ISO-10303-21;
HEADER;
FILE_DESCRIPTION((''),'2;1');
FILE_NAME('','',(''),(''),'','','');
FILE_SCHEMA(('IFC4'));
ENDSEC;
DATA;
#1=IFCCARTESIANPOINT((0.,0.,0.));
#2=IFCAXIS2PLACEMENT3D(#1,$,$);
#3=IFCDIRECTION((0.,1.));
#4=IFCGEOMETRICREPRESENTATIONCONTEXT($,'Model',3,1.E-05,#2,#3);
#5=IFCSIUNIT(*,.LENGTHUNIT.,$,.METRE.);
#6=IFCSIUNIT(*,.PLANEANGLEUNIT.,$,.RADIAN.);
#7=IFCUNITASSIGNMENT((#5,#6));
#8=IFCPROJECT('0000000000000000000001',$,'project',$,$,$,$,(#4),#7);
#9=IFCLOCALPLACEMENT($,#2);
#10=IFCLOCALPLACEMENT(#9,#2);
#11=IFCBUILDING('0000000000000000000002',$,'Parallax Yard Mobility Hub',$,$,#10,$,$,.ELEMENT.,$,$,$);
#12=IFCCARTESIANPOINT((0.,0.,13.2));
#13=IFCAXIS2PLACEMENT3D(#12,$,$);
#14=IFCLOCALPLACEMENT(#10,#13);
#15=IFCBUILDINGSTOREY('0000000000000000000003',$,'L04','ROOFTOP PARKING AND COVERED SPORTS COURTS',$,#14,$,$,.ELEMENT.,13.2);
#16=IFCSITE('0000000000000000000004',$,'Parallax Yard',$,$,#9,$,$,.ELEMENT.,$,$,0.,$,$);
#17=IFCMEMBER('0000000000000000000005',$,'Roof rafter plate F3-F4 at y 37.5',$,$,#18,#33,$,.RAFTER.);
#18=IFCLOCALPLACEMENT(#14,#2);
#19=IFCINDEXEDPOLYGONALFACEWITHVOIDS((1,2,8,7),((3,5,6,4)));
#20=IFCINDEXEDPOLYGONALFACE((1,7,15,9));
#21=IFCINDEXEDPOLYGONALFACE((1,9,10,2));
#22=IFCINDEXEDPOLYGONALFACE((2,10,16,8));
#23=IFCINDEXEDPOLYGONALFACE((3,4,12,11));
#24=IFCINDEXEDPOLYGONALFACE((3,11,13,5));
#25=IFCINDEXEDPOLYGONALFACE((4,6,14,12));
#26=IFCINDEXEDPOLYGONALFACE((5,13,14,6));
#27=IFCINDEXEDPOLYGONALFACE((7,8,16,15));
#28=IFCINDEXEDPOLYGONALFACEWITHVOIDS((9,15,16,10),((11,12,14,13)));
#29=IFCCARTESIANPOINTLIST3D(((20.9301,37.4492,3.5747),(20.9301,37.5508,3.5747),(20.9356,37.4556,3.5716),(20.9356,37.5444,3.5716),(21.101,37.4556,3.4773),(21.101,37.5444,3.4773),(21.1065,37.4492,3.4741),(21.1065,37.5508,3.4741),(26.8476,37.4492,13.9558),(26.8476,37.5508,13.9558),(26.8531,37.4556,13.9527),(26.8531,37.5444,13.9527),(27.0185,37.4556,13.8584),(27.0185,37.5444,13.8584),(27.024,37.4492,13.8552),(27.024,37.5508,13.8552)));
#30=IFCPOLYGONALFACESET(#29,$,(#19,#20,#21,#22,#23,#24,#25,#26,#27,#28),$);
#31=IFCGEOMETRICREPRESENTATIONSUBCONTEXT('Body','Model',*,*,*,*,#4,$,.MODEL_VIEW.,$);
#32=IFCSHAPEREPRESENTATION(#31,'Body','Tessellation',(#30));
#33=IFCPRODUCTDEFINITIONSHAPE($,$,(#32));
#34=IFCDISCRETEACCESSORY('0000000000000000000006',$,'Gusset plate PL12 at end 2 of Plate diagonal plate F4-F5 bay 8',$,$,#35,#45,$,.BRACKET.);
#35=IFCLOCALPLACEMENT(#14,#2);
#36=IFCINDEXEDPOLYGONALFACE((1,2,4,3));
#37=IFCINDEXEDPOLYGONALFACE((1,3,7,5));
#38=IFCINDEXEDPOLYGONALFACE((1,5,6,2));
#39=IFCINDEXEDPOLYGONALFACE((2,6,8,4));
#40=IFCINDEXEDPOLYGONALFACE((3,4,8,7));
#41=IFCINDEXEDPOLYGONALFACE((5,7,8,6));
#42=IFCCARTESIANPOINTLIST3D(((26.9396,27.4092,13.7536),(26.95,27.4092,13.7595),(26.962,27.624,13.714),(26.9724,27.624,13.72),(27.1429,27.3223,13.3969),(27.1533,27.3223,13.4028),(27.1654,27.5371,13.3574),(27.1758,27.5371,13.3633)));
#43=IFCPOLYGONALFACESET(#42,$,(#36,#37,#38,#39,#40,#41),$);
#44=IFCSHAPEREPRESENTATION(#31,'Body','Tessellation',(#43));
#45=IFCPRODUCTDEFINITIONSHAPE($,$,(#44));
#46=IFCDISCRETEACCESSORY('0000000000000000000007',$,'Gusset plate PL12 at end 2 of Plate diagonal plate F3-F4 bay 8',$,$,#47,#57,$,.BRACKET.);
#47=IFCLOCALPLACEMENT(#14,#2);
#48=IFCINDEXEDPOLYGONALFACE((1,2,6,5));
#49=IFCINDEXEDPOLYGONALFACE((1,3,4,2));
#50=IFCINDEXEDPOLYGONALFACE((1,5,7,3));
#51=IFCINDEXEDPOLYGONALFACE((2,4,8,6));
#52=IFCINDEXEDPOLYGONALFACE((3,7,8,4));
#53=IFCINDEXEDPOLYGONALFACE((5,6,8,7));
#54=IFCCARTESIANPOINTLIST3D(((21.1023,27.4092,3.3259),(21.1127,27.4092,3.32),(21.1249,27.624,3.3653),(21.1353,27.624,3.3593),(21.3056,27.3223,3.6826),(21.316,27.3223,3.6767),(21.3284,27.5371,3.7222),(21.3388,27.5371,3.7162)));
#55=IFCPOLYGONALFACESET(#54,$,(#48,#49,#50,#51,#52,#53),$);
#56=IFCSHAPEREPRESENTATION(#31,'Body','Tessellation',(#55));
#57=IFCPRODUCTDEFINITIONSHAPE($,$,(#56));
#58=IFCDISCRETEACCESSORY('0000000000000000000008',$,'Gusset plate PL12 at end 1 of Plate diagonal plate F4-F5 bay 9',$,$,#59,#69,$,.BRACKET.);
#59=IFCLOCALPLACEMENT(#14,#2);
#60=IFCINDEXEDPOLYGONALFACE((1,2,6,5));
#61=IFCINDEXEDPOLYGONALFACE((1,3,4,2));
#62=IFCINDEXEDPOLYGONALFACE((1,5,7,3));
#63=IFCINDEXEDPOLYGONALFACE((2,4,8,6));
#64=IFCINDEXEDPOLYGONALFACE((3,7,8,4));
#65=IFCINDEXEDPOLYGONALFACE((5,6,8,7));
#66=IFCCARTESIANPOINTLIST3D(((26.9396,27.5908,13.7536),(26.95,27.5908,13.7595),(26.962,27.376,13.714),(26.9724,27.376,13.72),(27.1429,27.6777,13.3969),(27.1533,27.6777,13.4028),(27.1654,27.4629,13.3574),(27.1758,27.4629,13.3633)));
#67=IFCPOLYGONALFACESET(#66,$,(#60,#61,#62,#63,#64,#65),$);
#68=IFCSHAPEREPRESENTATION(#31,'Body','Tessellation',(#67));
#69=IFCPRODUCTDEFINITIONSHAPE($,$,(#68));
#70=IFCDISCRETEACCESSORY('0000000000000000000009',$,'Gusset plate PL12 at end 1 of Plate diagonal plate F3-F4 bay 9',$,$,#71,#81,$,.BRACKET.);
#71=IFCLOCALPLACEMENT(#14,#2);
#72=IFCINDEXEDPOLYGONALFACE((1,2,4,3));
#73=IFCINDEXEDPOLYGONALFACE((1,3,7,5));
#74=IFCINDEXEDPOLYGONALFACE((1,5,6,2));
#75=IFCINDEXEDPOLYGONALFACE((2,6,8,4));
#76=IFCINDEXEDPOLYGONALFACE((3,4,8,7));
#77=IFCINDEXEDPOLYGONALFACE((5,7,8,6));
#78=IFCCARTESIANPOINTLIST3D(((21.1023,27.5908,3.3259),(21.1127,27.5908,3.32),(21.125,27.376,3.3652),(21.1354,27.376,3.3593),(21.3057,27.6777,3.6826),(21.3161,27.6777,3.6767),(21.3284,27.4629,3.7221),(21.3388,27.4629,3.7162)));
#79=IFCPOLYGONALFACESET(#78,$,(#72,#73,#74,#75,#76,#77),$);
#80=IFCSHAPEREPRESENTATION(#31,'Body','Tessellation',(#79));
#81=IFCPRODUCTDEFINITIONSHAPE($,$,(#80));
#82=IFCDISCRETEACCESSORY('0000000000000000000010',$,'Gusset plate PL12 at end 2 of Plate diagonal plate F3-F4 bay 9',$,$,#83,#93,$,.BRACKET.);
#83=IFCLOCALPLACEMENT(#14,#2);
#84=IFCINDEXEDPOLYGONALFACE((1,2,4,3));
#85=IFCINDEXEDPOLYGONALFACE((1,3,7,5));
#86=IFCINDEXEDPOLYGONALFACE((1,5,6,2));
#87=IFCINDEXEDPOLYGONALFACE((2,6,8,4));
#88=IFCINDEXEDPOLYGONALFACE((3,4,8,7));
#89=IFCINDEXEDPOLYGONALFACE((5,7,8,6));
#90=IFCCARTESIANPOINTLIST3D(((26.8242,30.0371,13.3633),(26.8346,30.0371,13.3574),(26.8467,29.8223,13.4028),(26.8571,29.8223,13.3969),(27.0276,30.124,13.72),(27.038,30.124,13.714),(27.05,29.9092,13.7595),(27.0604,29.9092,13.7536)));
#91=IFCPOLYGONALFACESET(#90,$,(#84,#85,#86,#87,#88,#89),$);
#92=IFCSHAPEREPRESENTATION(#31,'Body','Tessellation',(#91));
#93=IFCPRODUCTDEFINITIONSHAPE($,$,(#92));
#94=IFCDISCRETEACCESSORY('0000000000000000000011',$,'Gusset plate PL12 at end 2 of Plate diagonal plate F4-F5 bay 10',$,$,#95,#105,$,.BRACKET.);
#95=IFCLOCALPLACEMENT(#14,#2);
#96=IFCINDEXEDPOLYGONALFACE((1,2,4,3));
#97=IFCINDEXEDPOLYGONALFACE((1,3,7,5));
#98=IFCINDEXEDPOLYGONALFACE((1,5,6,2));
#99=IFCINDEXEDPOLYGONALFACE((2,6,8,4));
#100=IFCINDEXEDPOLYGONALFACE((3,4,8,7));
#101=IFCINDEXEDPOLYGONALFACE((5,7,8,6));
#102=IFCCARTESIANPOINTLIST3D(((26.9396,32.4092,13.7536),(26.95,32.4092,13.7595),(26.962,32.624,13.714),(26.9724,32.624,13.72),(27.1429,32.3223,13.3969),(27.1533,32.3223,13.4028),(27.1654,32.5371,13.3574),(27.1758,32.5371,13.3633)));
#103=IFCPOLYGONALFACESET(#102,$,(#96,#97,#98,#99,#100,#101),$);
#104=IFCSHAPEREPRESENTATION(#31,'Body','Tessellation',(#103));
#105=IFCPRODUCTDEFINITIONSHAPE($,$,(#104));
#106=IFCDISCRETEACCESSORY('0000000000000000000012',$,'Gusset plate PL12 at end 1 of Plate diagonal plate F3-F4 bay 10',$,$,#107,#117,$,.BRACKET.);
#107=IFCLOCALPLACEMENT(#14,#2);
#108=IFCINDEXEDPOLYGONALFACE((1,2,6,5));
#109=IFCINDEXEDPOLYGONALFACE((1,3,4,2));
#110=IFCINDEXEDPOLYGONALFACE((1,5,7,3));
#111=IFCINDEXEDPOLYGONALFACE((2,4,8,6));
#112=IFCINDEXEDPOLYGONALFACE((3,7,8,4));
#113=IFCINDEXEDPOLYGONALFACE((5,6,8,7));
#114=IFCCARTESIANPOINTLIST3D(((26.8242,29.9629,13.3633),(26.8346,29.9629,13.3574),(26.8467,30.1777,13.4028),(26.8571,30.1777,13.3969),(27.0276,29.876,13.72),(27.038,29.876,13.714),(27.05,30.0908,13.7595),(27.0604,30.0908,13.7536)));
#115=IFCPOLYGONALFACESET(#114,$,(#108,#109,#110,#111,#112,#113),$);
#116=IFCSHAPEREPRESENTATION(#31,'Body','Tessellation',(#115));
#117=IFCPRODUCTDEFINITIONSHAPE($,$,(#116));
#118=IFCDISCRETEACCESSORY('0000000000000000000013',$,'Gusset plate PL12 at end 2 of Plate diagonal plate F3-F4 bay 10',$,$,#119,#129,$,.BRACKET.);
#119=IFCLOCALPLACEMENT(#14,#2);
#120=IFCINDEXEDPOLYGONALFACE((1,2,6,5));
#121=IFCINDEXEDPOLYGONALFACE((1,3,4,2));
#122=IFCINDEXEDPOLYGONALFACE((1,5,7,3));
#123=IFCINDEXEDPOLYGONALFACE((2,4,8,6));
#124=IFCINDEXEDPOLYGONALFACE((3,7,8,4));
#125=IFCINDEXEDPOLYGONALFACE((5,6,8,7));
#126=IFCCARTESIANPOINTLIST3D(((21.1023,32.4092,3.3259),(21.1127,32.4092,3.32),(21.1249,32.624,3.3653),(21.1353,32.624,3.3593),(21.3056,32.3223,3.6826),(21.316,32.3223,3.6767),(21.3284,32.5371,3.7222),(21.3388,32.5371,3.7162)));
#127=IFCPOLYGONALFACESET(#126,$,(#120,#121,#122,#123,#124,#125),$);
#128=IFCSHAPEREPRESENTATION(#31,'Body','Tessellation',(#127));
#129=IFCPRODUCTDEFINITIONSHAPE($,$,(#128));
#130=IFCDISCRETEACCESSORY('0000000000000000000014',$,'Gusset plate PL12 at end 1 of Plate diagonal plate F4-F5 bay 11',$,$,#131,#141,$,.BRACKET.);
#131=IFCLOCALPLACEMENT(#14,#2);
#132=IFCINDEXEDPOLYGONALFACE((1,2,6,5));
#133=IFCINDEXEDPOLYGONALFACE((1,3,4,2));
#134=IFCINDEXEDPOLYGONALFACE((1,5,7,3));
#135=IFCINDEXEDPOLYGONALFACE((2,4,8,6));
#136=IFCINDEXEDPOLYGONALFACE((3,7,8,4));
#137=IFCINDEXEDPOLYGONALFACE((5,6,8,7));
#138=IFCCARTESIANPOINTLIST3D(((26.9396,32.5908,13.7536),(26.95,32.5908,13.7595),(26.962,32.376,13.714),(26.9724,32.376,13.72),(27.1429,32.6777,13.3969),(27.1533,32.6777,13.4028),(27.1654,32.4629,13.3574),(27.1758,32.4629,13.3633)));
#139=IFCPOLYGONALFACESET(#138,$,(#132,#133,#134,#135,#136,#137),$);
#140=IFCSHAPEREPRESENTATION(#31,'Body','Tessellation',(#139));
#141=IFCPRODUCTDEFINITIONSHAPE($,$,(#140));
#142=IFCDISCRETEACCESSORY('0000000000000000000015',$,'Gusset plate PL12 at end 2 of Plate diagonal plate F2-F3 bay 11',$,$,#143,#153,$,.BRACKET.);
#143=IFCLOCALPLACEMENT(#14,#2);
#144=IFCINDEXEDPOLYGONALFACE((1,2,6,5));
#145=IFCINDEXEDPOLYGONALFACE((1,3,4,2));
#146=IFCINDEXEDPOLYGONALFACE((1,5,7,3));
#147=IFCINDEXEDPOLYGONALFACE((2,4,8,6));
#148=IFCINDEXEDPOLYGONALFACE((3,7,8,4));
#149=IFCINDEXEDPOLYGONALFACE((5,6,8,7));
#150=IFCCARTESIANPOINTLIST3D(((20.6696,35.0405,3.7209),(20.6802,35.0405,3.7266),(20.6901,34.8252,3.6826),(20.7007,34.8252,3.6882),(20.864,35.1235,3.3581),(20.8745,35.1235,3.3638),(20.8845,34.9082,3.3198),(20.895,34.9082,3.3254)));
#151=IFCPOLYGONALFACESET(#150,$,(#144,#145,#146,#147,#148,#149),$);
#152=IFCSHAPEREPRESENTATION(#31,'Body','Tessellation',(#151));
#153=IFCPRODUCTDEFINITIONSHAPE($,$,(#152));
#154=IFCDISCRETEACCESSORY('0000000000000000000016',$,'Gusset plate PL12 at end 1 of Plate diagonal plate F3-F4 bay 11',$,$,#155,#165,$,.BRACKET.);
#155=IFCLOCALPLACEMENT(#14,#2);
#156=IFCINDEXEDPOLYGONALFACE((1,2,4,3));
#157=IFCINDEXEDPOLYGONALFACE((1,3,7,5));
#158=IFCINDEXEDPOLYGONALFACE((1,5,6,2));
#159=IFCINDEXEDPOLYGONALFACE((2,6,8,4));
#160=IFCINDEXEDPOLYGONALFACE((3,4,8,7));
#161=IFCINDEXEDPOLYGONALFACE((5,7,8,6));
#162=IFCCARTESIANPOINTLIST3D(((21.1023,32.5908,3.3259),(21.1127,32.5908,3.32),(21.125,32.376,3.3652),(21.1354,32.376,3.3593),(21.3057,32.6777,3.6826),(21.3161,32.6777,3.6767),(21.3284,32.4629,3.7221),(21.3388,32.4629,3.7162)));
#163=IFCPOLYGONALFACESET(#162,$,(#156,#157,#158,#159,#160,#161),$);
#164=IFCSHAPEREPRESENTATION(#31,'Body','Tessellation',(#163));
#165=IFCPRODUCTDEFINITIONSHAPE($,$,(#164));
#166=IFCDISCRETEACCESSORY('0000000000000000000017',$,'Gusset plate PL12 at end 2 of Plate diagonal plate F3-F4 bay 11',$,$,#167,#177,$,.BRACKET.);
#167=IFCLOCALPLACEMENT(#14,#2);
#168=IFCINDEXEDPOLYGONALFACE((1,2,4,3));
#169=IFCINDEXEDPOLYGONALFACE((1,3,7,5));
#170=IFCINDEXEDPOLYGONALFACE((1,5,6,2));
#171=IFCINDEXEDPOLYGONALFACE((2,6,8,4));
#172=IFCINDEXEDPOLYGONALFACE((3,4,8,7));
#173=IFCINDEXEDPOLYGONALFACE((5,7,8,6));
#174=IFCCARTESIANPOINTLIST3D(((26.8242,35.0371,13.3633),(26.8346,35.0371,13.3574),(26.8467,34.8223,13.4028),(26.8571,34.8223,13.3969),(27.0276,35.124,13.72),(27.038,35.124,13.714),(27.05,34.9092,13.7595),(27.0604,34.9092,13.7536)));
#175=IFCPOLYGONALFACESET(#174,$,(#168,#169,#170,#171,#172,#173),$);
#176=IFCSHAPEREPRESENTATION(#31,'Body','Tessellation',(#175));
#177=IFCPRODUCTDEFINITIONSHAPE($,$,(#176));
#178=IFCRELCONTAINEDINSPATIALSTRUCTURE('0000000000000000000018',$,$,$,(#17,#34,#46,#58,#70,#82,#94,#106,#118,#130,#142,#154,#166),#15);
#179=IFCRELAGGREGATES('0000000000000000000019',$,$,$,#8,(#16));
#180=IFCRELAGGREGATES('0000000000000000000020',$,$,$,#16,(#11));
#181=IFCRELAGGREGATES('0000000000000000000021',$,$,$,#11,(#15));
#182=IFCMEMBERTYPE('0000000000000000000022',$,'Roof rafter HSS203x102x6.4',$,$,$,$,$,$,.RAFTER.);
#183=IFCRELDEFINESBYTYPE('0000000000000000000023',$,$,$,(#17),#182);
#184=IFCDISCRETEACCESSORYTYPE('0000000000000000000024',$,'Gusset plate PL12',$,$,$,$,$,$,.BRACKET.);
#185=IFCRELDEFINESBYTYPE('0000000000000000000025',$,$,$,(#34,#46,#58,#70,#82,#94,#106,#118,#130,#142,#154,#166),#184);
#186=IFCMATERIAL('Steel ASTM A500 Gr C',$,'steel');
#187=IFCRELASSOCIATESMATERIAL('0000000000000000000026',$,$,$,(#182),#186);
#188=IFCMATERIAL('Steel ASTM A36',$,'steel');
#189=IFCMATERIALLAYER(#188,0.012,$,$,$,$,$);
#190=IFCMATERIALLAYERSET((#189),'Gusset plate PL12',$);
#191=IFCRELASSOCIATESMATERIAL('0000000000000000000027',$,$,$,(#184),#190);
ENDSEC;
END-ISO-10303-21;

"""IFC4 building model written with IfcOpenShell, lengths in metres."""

from ifc_helpers import new_model, si_unit, direction, frame, origin, origin_2d, place, context, subcontext, project, spatial, polyline, hollow_rectangle, outline, extrude, material, layer, layer_set, material_profile, profile_set, type_object, element, save


model = new_model("IFC4")

# Units and contexts
model_context = context("Model", 3, precision=1e-05, world=origin(), true_north=direction((0.0, 1.0)))
body_context = subcontext(model_context, "Body", "Model", "MODEL_VIEW")
ifc_project = project(units=[si_unit("LENGTHUNIT", "METRE"), si_unit("PLANEANGLEUNIT", "RADIAN")], contexts=[model_context])

# Site, building, storey
site_placement = place(None, origin())
site = spatial("IfcSite", under=ifc_project, at=site_placement, Name="Parallax Yard", CompositionType="ELEMENT", RefElevation=0.0)
building_placement = place(site_placement, origin())
building = spatial("IfcBuilding", under=site, at=building_placement, Name="Parallax Yard Mobility Hub", CompositionType="ELEMENT")
storey_placement = place(building_placement, frame((0.0, 0.0, 13.2)))
storey = spatial("IfcBuildingStorey", under=building, at=storey_placement, Name="L04", Description="ROOFTOP PARKING AND COVERED SPORTS COURTS", CompositionType="ELEMENT", Elevation=13.2)

# Member
ifc_material_1 = material(Name="Steel ASTM A500 Gr C", Category="steel")
ifc_material_profile_1 = material_profile(ifc_material_1, hollow_rectangle(XDim=0.1016, YDim=0.2031, WallThickness=0.0063, at=origin_2d()), Name="HSS203x102x6.4")
ifc_profile_set_1 = profile_set([ifc_material_profile_1], Name="Steel ASTM A500 Gr C")
member_type_1 = type_object("IfcMemberType", Name="Roof rafter HSS203x102x6.4", PredefinedType="RAFTER", material=ifc_profile_set_1)
for number, where, z_axis, x_axis, name in (
    (1, (21.0183, 37.5, 3.5244), (0.495219, 0.0, 0.868768), (0.0, 1.0, 0.0), "Roof rafter plate F3-F4 at y 37.5"),
):
    element("IfcMember", number, at=place(storey_placement, frame(where, z_axis=z_axis, x_axis=x_axis)), inside=storey, type_object=member_type_1, Name=name, PredefinedType="RAFTER", context=body_context, shape_type="SweptSolid", body=[
        extrude(hollow_rectangle(XDim=0.1016, YDim=0.2031, WallThickness=0.0063, at=origin_2d()), origin(), (0.0, 0.0, 1.0), 11.9492),
    ])

# Discrete accessories
ifc_material_2 = material(Name="Steel ASTM A36", Category="steel")
ifc_layer = layer(ifc_material_2, 0.012)
ifc_layer_set = layer_set([ifc_layer], Name="Gusset plate PL12")
discrete_accessory_type = type_object("IfcDiscreteAccessoryType", Name="Gusset plate PL12", PredefinedType="BRACKET", material=ifc_layer_set)
discrete_accessory_1_placement = place(storey_placement, frame((27.1758, 27.5371, 13.3633), z_axis=(0.868755, 0.000345, 0.495243), x_axis=(-0.484569, 0.207091, 0.849886)))
element("IfcDiscreteAccessory", 2, at=discrete_accessory_1_placement, inside=storey, type_object=discrete_accessory_type, Name="Gusset plate PL12 at end 2 of Plate diagonal plate F4-F5 bay 8", PredefinedType="BRACKET", context=body_context, shape_type="SweptSolid", body=[
    extrude(outline(polyline([(0.0, 0.0), (0.4197, 0.0), (0.4197, 0.2196), (0.0, 0.2196), (0.0, 0.0)])), origin(), (0.0, 0.0, -1.0), 0.012),
])
discrete_accessory_2_placement = place(storey_placement, frame((21.3284, 27.5371, 3.7222), z_axis=(-0.868697, 0.000899, 0.495343), x_axis=(-0.484455, 0.206988, -0.849976)))
element("IfcDiscreteAccessory", 3, at=discrete_accessory_2_placement, inside=storey, type_object=discrete_accessory_type, Name="Gusset plate PL12 at end 2 of Plate diagonal plate F3-F4 bay 8", PredefinedType="BRACKET", context=body_context, shape_type="SweptSolid", body=[
    extrude(outline(polyline([(0.0, 0.0), (0.4199, 0.0), (0.4198, 0.2196), (0.0001, 0.2196), (0.0, 0.0)])), origin(), (0.0, 0.0, -1.0), 0.012),
])
discrete_accessory_3_placement = place(storey_placement, frame((27.1533, 27.6777, 13.4028), z_axis=(0.868755, -0.000345, 0.495243), x_axis=(-0.484569, -0.207091, 0.849886)))
element("IfcDiscreteAccessory", 4, at=discrete_accessory_3_placement, inside=storey, type_object=discrete_accessory_type, Name="Gusset plate PL12 at end 1 of Plate diagonal plate F4-F5 bay 9", PredefinedType="BRACKET", context=body_context, shape_type="SweptSolid", body=[
    extrude(outline(polyline([(0.0, 0.0), (0.4197, 0.0), (0.4197, 0.2196), (0.0, 0.2196), (0.0, 0.0)])), origin(), (0.0, 0.0, -1.0), 0.012),
])
discrete_accessory_4_placement = place(storey_placement, frame((21.3057, 27.6777, 3.6826), z_axis=(-0.868697, -0.000899, 0.495343), x_axis=(-0.484444, -0.207091, -0.849958)))
element("IfcDiscreteAccessory", 5, at=discrete_accessory_4_placement, inside=storey, type_object=discrete_accessory_type, Name="Gusset plate PL12 at end 1 of Plate diagonal plate F3-F4 bay 9", PredefinedType="BRACKET", context=body_context, shape_type="SweptSolid", body=[
    extrude(outline(polyline([(0.0, 0.0), (0.4197, 0.0), (0.4198, 0.2196), (-0.0001, 0.2196), (0.0, 0.0)])), origin(), (0.0, 0.0, -1.0), 0.012),
])
discrete_accessory_5_placement = place(storey_placement, frame((26.8467, 29.8223, 13.4028), z_axis=(-0.868755, 0.000345, 0.495243), x_axis=(0.484569, 0.207091, 0.849886)))
element("IfcDiscreteAccessory", 6, at=discrete_accessory_5_placement, inside=storey, type_object=discrete_accessory_type, Name="Gusset plate PL12 at end 2 of Plate diagonal plate F3-F4 bay 9", PredefinedType="BRACKET", context=body_context, shape_type="SweptSolid", body=[
    extrude(outline(polyline([(0.0, 0.0), (0.4197, 0.0), (0.4197, 0.2196), (0.0, 0.2196), (0.0, 0.0)])), origin(), (0.0, 0.0, -1.0), 0.012),
])
for number, where, z_axis, x_axis, name in (
    (7, (27.1758, 32.5371, 13.3633), (0.868755, 0.000345, 0.495243), (-0.484569, 0.207091, 0.849886), "Gusset plate PL12 at end 2 of Plate diagonal plate F4-F5 bay 10"),
    (8, (26.8242, 29.9629, 13.3633), (-0.868755, -0.000345, 0.495243), (0.484569, -0.207091, 0.849886), "Gusset plate PL12 at end 1 of Plate diagonal plate F3-F4 bay 10"),
):
    element("IfcDiscreteAccessory", number, at=place(storey_placement, frame(where, z_axis=z_axis, x_axis=x_axis)), inside=storey, type_object=discrete_accessory_type, Name=name, PredefinedType="BRACKET", context=body_context, shape_type="SweptSolid", body=[
        extrude(outline(polyline([(0.0, 0.0), (0.4197, 0.0), (0.4197, 0.2196), (0.0, 0.2196), (0.0, 0.0)])), origin(), (0.0, 0.0, -1.0), 0.012),
    ])
discrete_accessory_6_placement = place(storey_placement, frame((21.3284, 32.5371, 3.7222), z_axis=(-0.868697, 0.000899, 0.495343), x_axis=(-0.484455, 0.206988, -0.849976)))
element("IfcDiscreteAccessory", 9, at=discrete_accessory_6_placement, inside=storey, type_object=discrete_accessory_type, Name="Gusset plate PL12 at end 2 of Plate diagonal plate F3-F4 bay 10", PredefinedType="BRACKET", context=body_context, shape_type="SweptSolid", body=[
    extrude(outline(polyline([(0.0, 0.0), (0.4199, 0.0), (0.4198, 0.2196), (0.0001, 0.2196), (0.0, 0.0)])), origin(), (0.0, 0.0, -1.0), 0.012),
])
discrete_accessory_7_placement = place(storey_placement, frame((27.1533, 32.6777, 13.4028), z_axis=(0.868755, -0.000345, 0.495243), x_axis=(-0.484569, -0.207091, 0.849886)))
element("IfcDiscreteAccessory", 10, at=discrete_accessory_7_placement, inside=storey, type_object=discrete_accessory_type, Name="Gusset plate PL12 at end 1 of Plate diagonal plate F4-F5 bay 11", PredefinedType="BRACKET", context=body_context, shape_type="SweptSolid", body=[
    extrude(outline(polyline([(0.0, 0.0), (0.4197, 0.0), (0.4197, 0.2196), (0.0, 0.2196), (0.0, 0.0)])), origin(), (0.0, 0.0, -1.0), 0.012),
])
discrete_accessory_8_placement = place(storey_placement, frame((20.7007, 34.8252, 3.6882), z_axis=(0.881507, -0.000096, 0.472171), x_axis=(0.462868, 0.197707, -0.864098)))
element("IfcDiscreteAccessory", 11, at=discrete_accessory_8_placement, inside=storey, type_object=discrete_accessory_type, Name="Gusset plate PL12 at end 2 of Plate diagonal plate F2-F3 bay 11", PredefinedType="BRACKET", context=body_context, shape_type="SweptSolid", body=[
    extrude(outline(polyline([(0.0, 0.0), (0.4199, 0.0), (0.4198, 0.2197), (0.0, 0.2197), (0.0, 0.0)])), origin(), (0.0, 0.0, -1.0), 0.012),
])
discrete_accessory_9_placement = place(storey_placement, frame((21.3057, 32.6777, 3.6826), z_axis=(-0.868697, -0.000899, 0.495343), x_axis=(-0.484444, -0.207091, -0.849958)))
element("IfcDiscreteAccessory", 12, at=discrete_accessory_9_placement, inside=storey, type_object=discrete_accessory_type, Name="Gusset plate PL12 at end 1 of Plate diagonal plate F3-F4 bay 11", PredefinedType="BRACKET", context=body_context, shape_type="SweptSolid", body=[
    extrude(outline(polyline([(0.0, 0.0), (0.4197, 0.0), (0.4198, 0.2196), (-0.0001, 0.2196), (0.0, 0.0)])), origin(), (0.0, 0.0, -1.0), 0.012),
])
discrete_accessory_10_placement = place(storey_placement, frame((26.8467, 34.8223, 13.4028), z_axis=(-0.868755, 0.000345, 0.495243), x_axis=(0.484569, 0.207091, 0.849886)))
element("IfcDiscreteAccessory", 13, at=discrete_accessory_10_placement, inside=storey, type_object=discrete_accessory_type, Name="Gusset plate PL12 at end 2 of Plate diagonal plate F3-F4 bay 11", PredefinedType="BRACKET", context=body_context, shape_type="SweptSolid", body=[
    extrude(outline(polyline([(0.0, 0.0), (0.4197, 0.0), (0.4197, 0.2196), (0.0, 0.2196), (0.0, 0.0)])), origin(), (0.0, 0.0, -1.0), 0.012),
])

save(model, "model.ifc")
